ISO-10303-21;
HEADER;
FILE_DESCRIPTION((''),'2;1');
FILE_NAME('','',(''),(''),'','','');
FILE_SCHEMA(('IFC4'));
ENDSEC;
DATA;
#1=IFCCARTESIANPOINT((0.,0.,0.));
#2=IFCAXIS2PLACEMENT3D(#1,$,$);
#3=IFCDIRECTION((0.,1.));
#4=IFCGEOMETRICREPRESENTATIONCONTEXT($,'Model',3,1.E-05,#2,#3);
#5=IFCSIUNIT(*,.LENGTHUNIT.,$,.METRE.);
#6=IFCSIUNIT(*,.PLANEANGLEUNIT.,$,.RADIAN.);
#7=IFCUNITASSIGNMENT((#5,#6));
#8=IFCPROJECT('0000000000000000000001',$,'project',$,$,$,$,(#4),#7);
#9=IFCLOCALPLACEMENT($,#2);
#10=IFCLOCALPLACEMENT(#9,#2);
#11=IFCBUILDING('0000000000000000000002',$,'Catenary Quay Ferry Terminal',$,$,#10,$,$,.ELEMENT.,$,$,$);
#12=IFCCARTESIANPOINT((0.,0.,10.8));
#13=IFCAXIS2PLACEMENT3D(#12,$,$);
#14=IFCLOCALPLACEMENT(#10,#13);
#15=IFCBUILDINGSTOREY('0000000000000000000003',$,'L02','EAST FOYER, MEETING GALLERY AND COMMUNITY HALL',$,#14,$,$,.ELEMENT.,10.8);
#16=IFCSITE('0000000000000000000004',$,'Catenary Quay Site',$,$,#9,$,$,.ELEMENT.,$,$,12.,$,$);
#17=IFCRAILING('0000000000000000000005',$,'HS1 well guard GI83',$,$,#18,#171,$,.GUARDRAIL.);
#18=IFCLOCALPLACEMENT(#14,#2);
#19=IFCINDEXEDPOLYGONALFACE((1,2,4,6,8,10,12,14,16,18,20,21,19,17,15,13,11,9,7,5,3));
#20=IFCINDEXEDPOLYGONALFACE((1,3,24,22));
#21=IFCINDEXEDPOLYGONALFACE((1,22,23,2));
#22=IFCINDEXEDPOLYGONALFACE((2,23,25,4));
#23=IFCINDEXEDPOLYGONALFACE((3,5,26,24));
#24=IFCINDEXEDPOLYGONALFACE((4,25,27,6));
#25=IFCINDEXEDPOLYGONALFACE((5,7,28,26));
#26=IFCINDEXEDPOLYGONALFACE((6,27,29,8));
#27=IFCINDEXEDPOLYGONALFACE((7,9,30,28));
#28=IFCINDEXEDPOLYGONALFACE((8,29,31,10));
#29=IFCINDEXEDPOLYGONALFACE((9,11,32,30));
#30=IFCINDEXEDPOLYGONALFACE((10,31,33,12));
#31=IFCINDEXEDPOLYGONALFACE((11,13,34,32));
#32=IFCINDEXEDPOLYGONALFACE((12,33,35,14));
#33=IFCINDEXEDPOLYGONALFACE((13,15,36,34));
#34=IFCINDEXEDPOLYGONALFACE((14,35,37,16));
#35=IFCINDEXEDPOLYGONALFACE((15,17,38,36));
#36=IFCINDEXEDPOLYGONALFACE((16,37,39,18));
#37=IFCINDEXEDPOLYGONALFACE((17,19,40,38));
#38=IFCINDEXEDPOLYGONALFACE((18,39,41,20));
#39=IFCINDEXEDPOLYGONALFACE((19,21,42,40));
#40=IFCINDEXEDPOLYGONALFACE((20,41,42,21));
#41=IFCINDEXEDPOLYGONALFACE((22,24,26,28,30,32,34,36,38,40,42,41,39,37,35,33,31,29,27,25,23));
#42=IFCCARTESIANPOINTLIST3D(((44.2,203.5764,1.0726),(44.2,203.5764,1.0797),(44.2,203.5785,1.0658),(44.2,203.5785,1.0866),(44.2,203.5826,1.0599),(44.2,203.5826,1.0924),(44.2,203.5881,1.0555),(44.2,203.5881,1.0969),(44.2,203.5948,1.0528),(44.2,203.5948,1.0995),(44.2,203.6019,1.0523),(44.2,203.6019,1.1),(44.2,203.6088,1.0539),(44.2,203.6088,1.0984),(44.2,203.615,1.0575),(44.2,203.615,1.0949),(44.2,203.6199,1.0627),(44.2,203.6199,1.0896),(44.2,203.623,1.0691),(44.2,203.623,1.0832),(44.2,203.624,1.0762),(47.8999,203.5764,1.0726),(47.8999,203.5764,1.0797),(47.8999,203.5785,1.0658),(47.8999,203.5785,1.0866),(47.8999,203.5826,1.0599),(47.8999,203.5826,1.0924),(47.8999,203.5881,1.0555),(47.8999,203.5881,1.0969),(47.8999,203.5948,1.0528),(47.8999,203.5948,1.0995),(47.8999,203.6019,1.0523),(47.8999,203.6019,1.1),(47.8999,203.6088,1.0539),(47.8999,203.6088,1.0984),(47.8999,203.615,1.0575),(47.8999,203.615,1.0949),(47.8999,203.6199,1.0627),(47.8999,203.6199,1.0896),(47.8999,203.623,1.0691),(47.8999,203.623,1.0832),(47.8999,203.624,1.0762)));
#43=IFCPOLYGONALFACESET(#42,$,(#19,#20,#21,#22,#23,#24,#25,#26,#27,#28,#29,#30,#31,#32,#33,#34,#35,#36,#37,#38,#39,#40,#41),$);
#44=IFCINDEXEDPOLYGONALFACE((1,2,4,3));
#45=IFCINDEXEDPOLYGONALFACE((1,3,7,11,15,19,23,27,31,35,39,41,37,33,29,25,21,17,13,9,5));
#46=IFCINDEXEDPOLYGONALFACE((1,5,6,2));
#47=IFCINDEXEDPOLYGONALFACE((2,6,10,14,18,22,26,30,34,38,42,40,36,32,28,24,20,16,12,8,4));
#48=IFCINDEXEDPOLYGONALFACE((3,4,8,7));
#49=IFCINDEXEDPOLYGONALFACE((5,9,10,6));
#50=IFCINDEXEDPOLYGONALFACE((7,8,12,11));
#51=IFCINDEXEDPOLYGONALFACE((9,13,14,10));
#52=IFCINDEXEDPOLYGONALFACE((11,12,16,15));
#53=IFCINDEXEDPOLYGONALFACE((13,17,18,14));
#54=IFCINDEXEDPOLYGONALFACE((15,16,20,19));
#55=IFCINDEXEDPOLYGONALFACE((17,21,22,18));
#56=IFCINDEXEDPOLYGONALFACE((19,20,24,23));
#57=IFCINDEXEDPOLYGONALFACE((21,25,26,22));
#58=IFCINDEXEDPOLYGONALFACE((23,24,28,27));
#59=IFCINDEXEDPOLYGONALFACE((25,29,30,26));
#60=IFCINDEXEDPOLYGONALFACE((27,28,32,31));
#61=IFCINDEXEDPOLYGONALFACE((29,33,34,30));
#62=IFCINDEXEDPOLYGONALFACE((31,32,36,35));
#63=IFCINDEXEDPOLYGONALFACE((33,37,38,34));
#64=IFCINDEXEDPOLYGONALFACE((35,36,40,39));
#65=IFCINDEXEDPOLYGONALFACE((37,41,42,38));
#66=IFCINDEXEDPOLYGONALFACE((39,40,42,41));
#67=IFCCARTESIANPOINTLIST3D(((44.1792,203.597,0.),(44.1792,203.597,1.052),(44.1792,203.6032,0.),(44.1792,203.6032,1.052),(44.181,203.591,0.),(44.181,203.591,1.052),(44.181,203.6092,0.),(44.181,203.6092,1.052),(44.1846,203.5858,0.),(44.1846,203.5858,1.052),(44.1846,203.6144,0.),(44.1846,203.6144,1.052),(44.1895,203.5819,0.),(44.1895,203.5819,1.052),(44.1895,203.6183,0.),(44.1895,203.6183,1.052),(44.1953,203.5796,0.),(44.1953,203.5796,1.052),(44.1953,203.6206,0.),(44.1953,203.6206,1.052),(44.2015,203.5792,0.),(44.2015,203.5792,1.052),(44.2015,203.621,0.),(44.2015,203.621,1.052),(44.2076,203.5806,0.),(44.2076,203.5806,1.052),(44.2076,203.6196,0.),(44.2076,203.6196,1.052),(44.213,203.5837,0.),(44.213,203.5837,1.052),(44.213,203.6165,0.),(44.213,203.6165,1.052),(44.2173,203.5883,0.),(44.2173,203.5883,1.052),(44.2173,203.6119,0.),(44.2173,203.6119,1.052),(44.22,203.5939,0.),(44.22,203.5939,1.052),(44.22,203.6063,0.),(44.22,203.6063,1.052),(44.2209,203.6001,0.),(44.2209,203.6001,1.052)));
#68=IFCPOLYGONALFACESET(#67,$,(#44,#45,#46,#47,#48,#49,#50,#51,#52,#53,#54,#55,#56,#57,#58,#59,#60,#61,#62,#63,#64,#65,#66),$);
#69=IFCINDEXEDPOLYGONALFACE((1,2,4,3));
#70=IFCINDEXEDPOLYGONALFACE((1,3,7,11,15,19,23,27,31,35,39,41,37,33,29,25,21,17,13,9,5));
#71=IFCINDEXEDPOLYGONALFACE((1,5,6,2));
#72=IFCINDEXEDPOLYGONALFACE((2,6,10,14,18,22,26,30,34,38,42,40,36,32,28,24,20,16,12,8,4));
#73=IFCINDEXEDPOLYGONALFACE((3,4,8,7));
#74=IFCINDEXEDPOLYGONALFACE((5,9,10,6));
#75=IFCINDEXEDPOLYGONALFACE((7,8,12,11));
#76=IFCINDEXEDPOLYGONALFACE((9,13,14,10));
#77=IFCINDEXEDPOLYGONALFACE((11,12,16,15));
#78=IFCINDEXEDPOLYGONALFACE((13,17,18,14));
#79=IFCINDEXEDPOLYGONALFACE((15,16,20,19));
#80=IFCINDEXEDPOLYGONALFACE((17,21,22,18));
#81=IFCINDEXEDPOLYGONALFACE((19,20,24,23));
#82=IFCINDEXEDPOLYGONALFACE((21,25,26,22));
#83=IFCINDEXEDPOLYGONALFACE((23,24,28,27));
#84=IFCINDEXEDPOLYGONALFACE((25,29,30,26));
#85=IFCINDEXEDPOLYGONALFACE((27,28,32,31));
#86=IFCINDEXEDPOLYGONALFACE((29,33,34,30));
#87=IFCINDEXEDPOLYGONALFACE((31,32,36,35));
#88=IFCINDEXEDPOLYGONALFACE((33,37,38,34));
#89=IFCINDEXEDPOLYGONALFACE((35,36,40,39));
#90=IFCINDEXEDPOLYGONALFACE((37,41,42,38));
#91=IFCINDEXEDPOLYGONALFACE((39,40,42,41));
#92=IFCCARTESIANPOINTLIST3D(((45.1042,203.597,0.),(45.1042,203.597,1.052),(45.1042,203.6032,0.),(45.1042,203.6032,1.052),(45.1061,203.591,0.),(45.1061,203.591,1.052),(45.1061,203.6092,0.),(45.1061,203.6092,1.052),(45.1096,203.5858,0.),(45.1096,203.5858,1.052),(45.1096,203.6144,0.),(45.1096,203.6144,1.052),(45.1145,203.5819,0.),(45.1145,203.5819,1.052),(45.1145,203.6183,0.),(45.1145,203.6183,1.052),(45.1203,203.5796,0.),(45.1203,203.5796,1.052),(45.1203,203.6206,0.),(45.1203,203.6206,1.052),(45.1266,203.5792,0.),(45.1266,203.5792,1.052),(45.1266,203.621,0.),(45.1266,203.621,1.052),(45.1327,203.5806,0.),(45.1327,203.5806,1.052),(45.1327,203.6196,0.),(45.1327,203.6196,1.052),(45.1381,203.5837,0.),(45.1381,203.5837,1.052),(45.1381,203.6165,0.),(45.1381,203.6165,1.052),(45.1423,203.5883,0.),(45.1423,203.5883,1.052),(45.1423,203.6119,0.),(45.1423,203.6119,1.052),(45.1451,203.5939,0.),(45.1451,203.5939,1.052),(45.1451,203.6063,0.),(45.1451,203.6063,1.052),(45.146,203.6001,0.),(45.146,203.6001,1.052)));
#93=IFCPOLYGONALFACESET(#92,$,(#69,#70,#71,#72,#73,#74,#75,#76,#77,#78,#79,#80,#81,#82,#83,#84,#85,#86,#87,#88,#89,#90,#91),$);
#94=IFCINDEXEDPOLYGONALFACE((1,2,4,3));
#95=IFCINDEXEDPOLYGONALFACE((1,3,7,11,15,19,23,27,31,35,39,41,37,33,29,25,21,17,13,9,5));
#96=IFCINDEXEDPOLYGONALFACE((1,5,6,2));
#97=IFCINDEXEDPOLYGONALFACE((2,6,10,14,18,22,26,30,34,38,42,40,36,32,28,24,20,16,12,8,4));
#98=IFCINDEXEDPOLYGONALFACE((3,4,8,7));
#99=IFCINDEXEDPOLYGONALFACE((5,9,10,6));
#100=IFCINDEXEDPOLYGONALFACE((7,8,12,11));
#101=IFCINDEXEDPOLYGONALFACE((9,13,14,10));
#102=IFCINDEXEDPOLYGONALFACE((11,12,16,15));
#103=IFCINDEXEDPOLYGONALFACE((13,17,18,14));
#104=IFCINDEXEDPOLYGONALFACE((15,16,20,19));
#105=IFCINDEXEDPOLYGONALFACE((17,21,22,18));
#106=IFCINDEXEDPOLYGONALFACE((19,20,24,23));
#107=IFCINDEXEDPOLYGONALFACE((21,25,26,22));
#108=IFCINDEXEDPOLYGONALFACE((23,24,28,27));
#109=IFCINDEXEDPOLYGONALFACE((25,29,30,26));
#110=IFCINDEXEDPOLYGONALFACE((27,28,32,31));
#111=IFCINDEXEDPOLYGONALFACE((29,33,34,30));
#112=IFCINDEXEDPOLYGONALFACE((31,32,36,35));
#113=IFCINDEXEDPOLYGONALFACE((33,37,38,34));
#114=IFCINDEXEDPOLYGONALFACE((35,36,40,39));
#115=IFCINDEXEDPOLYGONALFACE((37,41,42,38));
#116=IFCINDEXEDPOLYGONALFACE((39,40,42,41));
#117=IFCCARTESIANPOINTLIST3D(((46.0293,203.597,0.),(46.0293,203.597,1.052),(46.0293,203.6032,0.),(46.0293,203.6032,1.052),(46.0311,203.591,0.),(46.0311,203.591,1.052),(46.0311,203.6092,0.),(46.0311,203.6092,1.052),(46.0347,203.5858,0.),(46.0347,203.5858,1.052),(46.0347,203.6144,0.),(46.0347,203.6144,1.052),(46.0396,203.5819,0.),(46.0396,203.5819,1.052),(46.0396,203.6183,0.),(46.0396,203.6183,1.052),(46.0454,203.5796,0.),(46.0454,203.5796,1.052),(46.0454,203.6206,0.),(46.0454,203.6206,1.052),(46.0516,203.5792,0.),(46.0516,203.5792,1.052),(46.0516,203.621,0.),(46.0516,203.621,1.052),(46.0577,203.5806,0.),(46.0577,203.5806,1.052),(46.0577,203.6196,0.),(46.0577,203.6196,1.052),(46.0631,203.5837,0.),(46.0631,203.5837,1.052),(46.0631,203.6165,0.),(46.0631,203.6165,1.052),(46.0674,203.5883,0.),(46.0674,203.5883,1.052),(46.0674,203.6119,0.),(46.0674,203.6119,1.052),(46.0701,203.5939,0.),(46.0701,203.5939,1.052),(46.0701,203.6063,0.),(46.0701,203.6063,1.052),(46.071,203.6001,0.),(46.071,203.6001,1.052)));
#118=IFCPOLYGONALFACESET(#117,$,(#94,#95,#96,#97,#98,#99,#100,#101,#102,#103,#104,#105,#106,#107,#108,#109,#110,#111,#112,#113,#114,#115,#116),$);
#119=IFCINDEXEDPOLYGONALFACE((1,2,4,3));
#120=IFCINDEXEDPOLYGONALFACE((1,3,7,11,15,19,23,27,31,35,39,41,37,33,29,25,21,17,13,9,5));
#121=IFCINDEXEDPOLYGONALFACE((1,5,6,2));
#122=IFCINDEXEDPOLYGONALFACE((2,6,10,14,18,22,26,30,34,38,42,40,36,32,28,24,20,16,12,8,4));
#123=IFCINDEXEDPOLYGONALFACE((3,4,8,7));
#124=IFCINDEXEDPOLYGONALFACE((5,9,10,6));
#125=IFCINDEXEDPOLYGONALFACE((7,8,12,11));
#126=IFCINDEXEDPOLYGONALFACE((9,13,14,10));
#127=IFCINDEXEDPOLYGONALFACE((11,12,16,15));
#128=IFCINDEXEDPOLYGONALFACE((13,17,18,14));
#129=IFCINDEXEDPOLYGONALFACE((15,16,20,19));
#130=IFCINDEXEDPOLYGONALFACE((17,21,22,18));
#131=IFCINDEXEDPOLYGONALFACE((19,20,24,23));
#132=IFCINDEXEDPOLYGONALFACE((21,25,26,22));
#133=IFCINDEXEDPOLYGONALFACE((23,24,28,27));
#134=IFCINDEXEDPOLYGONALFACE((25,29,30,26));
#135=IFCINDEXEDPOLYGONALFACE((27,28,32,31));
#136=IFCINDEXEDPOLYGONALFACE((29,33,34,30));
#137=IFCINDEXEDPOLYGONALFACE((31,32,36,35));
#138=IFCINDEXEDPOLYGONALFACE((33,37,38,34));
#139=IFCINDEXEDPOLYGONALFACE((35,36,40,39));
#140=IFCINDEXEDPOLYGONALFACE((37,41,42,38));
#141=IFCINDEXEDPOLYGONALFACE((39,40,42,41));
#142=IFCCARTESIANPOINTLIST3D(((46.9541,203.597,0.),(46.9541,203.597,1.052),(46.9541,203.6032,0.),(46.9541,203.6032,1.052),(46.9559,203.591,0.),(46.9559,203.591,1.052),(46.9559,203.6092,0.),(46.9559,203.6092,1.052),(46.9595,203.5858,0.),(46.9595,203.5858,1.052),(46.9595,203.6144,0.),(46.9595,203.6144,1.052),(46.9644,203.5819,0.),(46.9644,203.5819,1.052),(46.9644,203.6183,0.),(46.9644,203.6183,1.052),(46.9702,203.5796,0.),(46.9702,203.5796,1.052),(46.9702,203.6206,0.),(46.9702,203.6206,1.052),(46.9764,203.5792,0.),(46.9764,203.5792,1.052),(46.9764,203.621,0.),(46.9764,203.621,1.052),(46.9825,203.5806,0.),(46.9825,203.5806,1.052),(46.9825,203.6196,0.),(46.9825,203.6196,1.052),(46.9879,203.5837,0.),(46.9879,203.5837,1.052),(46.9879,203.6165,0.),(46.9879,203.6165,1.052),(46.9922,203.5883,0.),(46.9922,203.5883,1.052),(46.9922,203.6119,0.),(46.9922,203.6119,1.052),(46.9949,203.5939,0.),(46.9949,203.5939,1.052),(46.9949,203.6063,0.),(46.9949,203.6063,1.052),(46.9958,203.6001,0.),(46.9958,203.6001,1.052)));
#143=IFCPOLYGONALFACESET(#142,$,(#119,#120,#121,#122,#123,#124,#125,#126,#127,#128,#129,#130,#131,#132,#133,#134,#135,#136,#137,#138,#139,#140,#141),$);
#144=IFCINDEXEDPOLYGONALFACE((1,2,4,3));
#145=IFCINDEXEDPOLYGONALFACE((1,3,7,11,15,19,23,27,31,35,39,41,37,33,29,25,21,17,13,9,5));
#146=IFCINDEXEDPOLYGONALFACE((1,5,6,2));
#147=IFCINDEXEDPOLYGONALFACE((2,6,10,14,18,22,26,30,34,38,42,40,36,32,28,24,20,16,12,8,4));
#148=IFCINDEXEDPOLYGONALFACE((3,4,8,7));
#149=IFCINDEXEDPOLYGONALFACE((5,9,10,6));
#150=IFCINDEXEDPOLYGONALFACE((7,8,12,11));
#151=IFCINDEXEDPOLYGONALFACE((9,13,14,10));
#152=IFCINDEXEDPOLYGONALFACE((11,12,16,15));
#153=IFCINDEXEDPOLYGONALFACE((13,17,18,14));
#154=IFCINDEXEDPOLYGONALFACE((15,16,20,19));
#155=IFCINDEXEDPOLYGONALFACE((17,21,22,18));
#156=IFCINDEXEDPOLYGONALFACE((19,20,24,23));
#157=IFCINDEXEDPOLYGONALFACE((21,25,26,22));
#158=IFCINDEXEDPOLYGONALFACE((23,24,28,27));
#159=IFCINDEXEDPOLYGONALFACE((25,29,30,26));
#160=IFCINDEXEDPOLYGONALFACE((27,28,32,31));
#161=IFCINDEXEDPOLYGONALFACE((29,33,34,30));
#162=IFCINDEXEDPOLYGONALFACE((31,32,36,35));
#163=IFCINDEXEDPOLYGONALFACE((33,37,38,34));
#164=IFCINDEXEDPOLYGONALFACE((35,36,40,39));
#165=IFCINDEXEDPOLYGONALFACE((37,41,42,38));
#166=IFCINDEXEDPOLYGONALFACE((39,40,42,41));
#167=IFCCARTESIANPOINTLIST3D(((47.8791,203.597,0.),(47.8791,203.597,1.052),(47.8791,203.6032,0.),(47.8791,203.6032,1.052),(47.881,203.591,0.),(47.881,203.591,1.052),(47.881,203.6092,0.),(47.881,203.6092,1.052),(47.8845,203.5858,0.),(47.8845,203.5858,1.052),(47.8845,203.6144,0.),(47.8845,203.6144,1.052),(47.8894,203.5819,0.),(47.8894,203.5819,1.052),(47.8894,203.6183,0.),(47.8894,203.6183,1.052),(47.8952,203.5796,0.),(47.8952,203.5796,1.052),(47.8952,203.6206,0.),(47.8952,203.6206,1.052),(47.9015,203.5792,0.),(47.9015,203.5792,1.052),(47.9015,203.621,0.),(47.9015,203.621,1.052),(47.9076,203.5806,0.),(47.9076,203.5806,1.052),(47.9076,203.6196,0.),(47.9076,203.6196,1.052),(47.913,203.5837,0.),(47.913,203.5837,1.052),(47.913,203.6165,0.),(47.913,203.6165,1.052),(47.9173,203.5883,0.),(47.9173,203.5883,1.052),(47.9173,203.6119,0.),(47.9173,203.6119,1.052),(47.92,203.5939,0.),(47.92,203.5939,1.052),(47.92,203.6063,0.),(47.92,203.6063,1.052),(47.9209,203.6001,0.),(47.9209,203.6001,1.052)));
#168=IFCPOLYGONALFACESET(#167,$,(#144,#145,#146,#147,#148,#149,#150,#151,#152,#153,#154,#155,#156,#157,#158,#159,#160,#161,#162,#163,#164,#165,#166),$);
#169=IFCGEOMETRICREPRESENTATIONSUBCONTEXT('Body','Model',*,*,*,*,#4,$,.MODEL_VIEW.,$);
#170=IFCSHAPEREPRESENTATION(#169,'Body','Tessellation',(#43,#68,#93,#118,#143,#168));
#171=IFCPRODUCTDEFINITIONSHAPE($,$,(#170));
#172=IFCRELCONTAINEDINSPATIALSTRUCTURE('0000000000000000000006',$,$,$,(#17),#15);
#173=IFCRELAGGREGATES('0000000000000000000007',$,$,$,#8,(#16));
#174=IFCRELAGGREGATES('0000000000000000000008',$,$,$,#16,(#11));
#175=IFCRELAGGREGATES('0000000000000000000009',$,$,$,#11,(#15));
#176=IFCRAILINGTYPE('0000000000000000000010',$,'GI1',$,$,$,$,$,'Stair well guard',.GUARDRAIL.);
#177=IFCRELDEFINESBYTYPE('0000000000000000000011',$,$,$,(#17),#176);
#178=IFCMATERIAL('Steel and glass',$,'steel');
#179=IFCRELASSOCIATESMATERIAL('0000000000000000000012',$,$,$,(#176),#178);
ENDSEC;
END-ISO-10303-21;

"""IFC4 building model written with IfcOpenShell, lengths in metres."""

from ifc_helpers import new_model, si_unit, direction, frame, origin, origin_2d, place, context, subcontext, project, spatial, circle, extrude, material, type_object, element, save


model = new_model("IFC4")

# Units and contexts
model_context = context("Model", 3, precision=1e-05, world=origin(), true_north=direction((0.0, 1.0)))
body_context = subcontext(model_context, "Body", "Model", "MODEL_VIEW")
ifc_project = project(units=[si_unit("LENGTHUNIT", "METRE"), si_unit("PLANEANGLEUNIT", "RADIAN")], contexts=[model_context])

# Site, building, storey
site_placement = place(None, origin())
site = spatial("IfcSite", under=ifc_project, at=site_placement, Name="Catenary Quay Site", CompositionType="ELEMENT", RefElevation=12.0)
building_placement = place(site_placement, origin())
building = spatial("IfcBuilding", under=site, at=building_placement, Name="Catenary Quay Ferry Terminal", CompositionType="ELEMENT")
storey_placement = place(building_placement, frame((0.0, 0.0, 10.8)))
storey = spatial("IfcBuildingStorey", under=building, at=storey_placement, Name="L02", Description="EAST FOYER, MEETING GALLERY AND COMMUNITY HALL", CompositionType="ELEMENT", Elevation=10.8)

# Railing
ifc_material_1 = material(Name="Steel and glass", Category="steel")
railing_type_1 = type_object("IfcRailingType", Name="GI1", ElementType="Stair well guard", PredefinedType="GUARDRAIL", material=ifc_material_1)
railing_placement = place(storey_placement, frame((44.2, 203.6001, 0.0)))
element("IfcRailing", 1, at=railing_placement, inside=storey, type_object=railing_type_1, Name="HS1 well guard GI83", PredefinedType="GUARDRAIL", context=body_context, shape_type="SweptSolid", body=[
    extrude(circle(Radius=0.0239, at=origin_2d()), frame((0.0, 0.0, 1.0762), z_axis=(1.0, 0.0, 0.0), x_axis=(0.0, 1.0, 0.0)), (0.0, 0.0, 1.0), 3.7),
    extrude(circle(Radius=0.021, at=origin_2d()), origin(), (0.0, 0.0, 1.0), 1.052),
    extrude(circle(Radius=0.021, at=origin_2d()), frame((0.925, 0.0, 0.0)), (0.0, 0.0, 1.0), 1.052),
    extrude(circle(Radius=0.021, at=origin_2d()), frame((1.8501, 0.0, 0.0)), (0.0, 0.0, 1.0), 1.052),
    extrude(circle(Radius=0.021, at=origin_2d()), frame((2.7749, 0.0, 0.0)), (0.0, 0.0, 1.0), 1.052),
    extrude(circle(Radius=0.021, at=origin_2d()), frame((3.7, 0.0, 0.0)), (0.0, 0.0, 1.0), 1.052),
])

save(model, "model.ifc")
